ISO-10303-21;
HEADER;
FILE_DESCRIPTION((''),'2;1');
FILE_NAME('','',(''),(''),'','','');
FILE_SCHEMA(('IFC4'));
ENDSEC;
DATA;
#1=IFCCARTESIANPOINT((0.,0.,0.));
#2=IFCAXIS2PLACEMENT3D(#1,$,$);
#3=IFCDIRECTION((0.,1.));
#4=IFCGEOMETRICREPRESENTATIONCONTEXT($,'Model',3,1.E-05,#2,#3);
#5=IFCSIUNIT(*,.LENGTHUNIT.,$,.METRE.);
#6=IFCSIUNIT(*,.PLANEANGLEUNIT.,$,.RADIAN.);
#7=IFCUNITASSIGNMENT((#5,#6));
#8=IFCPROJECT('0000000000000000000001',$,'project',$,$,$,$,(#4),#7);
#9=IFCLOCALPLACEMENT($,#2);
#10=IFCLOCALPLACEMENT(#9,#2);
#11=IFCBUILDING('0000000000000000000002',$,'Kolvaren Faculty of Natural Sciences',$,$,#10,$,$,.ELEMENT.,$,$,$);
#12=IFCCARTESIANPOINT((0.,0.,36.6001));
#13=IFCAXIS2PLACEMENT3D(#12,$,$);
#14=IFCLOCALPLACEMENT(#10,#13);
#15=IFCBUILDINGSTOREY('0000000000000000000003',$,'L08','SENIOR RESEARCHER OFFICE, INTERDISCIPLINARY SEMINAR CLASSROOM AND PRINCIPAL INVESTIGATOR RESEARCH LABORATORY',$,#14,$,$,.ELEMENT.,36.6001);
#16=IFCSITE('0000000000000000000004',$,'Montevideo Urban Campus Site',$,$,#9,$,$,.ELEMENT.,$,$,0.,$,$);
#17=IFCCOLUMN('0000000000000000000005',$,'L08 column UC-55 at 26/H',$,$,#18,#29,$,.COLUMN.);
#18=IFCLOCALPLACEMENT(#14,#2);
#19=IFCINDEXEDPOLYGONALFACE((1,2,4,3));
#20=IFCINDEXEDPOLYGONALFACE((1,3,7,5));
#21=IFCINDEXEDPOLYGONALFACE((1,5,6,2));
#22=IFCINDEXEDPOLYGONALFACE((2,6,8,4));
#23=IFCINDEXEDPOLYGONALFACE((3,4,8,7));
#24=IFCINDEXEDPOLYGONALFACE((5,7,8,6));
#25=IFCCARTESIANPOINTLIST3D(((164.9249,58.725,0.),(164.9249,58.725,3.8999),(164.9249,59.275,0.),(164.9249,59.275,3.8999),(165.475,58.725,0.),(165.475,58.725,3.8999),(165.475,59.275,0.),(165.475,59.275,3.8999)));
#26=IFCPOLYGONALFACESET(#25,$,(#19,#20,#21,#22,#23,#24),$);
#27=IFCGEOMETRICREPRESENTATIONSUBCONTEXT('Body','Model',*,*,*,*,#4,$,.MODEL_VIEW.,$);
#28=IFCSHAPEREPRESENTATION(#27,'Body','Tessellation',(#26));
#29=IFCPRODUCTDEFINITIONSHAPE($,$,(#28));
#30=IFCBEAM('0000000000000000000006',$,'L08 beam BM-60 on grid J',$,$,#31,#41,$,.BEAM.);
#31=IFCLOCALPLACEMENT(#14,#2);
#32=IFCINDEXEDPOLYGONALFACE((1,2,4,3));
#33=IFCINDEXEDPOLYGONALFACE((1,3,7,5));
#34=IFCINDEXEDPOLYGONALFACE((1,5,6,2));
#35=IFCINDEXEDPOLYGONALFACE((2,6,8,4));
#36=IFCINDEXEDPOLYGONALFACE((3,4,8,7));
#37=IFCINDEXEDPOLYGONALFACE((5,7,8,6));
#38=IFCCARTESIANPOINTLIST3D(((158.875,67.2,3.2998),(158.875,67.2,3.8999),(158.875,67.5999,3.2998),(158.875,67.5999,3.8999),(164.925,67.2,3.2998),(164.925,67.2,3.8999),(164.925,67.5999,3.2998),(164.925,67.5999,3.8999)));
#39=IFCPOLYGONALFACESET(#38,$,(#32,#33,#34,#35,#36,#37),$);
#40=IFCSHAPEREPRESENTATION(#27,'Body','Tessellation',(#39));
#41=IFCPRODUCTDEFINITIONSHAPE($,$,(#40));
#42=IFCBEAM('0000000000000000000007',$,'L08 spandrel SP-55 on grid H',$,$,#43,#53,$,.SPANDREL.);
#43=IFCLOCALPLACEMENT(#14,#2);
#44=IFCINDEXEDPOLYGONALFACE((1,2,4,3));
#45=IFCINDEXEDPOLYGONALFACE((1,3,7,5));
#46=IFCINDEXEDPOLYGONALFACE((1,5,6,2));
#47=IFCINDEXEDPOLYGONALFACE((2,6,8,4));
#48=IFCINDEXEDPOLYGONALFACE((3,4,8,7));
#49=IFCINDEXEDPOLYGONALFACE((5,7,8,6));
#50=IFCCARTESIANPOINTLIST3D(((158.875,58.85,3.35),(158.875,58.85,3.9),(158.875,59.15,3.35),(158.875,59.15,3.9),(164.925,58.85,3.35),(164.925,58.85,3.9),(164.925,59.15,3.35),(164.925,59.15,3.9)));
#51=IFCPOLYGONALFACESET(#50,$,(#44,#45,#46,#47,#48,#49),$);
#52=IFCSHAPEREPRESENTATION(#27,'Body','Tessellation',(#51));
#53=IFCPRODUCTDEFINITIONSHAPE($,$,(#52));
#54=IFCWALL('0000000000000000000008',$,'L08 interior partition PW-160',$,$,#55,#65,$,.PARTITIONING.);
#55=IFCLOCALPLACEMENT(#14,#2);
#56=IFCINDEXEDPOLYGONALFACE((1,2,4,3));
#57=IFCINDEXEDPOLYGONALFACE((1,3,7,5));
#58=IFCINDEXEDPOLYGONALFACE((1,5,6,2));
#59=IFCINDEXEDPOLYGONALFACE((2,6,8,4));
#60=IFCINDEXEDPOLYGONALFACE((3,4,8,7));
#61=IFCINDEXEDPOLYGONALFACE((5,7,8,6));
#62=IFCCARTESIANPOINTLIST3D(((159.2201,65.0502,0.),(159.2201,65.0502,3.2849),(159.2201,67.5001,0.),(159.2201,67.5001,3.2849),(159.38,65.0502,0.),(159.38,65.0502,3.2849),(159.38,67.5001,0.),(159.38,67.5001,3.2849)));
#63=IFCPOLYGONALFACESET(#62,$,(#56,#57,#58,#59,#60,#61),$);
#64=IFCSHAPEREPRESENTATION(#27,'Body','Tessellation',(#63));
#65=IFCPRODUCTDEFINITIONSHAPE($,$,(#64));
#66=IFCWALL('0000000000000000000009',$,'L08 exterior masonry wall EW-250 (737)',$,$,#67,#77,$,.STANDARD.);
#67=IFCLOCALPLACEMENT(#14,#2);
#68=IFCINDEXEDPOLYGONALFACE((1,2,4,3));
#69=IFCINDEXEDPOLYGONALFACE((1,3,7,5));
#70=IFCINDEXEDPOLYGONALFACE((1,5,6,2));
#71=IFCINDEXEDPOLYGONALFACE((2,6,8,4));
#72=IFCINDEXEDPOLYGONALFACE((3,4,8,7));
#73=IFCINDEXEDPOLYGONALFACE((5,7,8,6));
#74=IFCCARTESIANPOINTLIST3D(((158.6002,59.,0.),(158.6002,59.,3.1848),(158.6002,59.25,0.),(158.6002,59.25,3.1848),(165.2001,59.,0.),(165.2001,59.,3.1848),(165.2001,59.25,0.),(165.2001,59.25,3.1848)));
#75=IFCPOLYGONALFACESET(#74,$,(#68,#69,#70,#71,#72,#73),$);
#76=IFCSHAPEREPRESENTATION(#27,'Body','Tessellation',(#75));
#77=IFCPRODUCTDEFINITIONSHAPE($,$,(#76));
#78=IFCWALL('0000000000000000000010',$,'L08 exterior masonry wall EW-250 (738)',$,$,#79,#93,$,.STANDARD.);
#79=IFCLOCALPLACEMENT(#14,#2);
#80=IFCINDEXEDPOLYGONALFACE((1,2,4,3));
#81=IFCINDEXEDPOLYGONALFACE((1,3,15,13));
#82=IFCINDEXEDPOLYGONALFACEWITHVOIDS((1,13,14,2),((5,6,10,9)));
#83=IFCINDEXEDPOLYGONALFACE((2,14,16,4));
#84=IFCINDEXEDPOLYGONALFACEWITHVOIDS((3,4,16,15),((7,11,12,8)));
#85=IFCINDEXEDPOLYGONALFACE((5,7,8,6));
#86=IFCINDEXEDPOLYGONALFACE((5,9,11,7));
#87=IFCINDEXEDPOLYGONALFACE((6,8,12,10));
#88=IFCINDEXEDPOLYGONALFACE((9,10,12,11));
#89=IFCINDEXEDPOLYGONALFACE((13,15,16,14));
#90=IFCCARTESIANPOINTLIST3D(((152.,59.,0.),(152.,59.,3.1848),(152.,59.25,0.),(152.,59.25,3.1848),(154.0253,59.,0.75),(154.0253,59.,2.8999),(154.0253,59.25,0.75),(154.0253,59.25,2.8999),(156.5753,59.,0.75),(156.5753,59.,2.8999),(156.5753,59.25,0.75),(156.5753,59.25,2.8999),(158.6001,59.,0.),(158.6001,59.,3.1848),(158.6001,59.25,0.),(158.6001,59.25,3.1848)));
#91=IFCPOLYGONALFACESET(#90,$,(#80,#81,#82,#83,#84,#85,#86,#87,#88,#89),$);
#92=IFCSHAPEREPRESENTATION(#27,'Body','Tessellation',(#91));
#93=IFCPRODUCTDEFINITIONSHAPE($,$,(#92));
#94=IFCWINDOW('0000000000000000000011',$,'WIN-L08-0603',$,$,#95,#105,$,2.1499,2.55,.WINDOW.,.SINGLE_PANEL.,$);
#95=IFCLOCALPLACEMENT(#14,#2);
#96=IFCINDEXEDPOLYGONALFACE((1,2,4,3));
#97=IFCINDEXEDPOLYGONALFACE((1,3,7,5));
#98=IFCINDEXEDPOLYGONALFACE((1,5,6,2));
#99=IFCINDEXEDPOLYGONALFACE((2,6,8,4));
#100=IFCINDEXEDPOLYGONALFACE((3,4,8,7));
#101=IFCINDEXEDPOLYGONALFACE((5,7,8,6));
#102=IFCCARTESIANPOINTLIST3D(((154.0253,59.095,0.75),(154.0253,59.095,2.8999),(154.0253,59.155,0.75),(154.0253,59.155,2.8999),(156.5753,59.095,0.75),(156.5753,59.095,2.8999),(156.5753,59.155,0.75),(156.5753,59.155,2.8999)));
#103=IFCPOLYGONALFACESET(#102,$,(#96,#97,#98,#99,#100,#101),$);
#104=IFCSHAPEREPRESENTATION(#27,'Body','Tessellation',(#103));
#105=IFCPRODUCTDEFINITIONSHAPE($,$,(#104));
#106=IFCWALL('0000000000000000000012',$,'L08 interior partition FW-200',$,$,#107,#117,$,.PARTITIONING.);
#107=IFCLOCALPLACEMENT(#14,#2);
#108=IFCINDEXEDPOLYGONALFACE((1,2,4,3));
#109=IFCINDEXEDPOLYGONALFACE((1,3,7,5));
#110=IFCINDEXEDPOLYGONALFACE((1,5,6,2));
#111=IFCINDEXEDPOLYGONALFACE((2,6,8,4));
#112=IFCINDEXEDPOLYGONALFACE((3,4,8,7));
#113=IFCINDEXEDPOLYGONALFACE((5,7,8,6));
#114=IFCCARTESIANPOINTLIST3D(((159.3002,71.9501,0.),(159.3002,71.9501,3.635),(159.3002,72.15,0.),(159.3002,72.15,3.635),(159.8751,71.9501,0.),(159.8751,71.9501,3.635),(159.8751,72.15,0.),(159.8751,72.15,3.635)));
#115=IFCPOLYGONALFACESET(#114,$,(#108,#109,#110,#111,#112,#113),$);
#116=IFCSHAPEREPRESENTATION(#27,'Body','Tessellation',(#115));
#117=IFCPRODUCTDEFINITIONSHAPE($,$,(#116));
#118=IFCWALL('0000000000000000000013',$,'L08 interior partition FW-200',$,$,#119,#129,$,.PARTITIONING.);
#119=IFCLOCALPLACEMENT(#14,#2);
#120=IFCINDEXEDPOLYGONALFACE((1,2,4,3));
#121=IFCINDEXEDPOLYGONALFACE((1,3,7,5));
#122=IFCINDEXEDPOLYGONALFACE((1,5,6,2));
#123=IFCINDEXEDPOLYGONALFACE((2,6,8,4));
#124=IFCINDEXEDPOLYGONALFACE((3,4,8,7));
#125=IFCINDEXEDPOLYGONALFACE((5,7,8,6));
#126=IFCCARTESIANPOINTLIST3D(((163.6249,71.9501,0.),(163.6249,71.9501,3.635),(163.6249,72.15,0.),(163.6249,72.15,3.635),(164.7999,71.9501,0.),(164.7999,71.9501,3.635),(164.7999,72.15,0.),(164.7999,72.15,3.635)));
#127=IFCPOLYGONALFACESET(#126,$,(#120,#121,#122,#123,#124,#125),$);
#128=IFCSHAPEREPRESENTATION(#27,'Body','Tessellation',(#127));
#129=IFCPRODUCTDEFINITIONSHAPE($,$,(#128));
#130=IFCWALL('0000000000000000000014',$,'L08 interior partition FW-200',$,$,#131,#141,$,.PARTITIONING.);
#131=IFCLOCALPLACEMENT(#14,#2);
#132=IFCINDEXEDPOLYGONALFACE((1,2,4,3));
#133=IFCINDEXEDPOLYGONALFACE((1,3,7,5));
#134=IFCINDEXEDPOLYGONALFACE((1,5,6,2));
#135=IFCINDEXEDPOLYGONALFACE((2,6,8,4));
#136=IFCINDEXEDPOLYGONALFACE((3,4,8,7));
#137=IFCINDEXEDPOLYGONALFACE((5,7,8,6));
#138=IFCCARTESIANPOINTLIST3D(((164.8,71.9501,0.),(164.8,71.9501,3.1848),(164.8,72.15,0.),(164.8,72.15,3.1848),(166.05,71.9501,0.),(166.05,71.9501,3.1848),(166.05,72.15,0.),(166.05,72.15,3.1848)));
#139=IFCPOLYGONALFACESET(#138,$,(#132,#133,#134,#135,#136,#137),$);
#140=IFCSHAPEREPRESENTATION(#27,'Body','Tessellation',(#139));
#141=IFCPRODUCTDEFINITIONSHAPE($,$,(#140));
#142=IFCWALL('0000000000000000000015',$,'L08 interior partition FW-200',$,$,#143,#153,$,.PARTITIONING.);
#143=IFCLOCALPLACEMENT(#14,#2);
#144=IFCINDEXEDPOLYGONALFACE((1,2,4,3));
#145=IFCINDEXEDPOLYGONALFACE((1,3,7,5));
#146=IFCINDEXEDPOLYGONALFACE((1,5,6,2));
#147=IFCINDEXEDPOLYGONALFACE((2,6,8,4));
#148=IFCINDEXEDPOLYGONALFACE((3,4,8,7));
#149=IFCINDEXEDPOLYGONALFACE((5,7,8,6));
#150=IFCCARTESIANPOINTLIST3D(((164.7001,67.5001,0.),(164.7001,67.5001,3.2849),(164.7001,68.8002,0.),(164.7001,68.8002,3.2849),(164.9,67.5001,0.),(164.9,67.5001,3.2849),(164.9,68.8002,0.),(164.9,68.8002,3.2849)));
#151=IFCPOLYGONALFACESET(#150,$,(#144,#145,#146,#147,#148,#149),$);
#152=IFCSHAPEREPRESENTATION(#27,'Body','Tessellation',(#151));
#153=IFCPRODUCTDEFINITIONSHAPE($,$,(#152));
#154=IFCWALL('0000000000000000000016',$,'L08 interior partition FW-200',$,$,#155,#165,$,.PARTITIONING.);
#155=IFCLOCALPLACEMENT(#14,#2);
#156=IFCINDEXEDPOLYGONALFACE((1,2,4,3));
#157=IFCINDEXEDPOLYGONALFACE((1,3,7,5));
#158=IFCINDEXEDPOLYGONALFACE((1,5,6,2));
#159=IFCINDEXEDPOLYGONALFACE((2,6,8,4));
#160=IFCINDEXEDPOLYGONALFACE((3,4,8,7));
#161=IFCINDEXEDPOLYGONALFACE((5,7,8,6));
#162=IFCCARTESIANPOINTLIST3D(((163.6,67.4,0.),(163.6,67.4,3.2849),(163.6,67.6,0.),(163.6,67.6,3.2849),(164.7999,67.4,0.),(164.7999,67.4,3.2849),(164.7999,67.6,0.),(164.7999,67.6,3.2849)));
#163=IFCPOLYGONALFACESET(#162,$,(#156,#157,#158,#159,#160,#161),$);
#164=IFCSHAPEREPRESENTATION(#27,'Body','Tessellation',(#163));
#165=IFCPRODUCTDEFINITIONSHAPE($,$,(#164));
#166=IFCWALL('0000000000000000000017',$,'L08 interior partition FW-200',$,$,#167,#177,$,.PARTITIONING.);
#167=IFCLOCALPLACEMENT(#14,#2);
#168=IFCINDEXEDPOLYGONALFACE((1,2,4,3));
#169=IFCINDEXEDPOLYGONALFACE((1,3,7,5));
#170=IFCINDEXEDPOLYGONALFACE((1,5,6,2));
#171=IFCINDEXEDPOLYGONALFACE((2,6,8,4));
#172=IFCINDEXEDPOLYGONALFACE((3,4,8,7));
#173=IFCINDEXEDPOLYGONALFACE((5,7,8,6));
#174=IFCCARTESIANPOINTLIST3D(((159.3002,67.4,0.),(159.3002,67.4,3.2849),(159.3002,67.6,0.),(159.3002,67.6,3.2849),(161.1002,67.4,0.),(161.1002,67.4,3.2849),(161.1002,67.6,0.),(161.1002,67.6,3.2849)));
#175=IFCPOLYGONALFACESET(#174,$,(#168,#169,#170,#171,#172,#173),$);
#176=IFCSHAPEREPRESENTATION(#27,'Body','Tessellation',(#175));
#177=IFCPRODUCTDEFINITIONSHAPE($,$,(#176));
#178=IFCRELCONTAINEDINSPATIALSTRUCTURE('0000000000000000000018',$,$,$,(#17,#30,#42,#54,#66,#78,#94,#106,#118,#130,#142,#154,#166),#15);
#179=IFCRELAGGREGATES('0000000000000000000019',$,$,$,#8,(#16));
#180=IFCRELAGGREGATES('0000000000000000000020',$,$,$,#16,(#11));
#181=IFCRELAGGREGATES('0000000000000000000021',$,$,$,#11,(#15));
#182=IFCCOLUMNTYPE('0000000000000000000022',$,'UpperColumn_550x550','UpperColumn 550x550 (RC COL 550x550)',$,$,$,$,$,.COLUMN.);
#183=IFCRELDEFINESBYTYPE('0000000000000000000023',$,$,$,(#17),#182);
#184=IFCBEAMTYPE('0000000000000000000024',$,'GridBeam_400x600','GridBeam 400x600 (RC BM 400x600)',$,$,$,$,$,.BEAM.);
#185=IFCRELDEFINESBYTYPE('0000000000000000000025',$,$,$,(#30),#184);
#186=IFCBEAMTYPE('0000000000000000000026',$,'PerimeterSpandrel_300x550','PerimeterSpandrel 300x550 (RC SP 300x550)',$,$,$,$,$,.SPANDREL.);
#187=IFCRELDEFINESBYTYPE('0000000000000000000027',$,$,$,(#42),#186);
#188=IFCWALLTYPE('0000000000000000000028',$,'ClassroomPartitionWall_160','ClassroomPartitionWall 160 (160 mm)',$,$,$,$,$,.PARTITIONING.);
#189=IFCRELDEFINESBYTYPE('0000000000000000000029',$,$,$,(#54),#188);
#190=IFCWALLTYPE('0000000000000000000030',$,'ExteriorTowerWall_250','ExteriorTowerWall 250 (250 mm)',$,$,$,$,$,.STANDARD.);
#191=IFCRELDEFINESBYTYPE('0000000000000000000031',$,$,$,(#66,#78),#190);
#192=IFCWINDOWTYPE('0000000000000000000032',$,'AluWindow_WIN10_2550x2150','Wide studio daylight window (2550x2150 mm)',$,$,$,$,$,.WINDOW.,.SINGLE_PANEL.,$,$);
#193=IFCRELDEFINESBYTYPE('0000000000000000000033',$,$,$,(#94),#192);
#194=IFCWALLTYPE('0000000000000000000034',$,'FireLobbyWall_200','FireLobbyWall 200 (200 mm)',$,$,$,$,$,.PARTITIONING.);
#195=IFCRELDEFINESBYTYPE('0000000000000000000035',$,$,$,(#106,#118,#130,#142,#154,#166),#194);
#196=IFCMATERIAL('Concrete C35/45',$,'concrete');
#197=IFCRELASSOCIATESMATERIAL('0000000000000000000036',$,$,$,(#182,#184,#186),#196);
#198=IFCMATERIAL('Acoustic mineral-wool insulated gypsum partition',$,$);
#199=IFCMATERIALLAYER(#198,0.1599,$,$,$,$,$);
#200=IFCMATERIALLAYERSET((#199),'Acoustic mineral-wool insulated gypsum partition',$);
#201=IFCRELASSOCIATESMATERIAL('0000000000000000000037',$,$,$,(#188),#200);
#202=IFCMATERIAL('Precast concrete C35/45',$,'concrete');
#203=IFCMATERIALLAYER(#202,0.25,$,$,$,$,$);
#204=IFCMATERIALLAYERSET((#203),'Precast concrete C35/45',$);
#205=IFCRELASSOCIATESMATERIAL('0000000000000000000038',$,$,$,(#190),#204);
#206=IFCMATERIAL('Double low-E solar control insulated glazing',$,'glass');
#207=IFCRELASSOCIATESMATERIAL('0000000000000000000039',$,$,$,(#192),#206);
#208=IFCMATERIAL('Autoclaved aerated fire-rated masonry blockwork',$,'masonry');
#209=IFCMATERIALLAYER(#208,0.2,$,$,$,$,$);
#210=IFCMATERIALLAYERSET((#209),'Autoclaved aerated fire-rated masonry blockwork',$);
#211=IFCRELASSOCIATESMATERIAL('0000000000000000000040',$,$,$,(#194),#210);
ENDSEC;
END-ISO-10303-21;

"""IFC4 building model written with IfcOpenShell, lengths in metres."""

from ifc_helpers import new_model, si_unit, direction, frame, frame_2d, origin, origin_2d, place, context, subcontext, project, spatial, rectangle, extrude, material, layer, layer_set, material_profile, profile_set, type_object, element, fill, save


model = new_model("IFC4")

# Units and contexts
model_context = context("Model", 3, precision=1e-05, world=origin(), true_north=direction((0.0, 1.0)))
body_context = subcontext(model_context, "Body", "Model", "MODEL_VIEW")
ifc_project = project(units=[si_unit("LENGTHUNIT", "METRE"), si_unit("PLANEANGLEUNIT", "RADIAN")], contexts=[model_context])

# Site, building, storey
site_placement = place(None, origin())
site = spatial("IfcSite", under=ifc_project, at=site_placement, Name="Montevideo Urban Campus Site", CompositionType="ELEMENT", RefElevation=0.0)
building_placement = place(site_placement, origin())
building = spatial("IfcBuilding", under=site, at=building_placement, Name="Kolvaren Faculty of Natural Sciences", CompositionType="ELEMENT")
storey_placement = place(building_placement, frame((0.0, 0.0, 36.6001)))
storey = spatial("IfcBuildingStorey", under=building, at=storey_placement, Name="L08", Description="SENIOR RESEARCHER OFFICE, INTERDISCIPLINARY SEMINAR CLASSROOM AND PRINCIPAL INVESTIGATOR RESEARCH LABORATORY", CompositionType="ELEMENT", Elevation=36.6001)

# Column
ifc_material_1 = material(Name="Concrete C35/45", Category="concrete")
ifc_material_profile_1 = material_profile(ifc_material_1, rectangle(XDim=0.55, YDim=0.55, at=origin_2d()), Name="RC COL 550x550")
ifc_profile_set_1 = profile_set([ifc_material_profile_1], Name="Concrete C35/45")
column_type = type_object("IfcColumnType", Name="UpperColumn_550x550", Description="UpperColumn 550x550 (RC COL 550x550)", PredefinedType="COLUMN", material=ifc_profile_set_1)
column_placement = place(storey_placement, frame((165.2, 59.0, 0.0), z_axis=(0.0, 0.0, 1.0), x_axis=(1.0, 0.0, 0.0)))
element("IfcColumn", 1, at=column_placement, inside=storey, type_object=column_type, Name="L08 column UC-55 at 26/H", PredefinedType="COLUMN", context=body_context, shape_type="SweptSolid", body=[
    extrude(rectangle(XDim=0.55, YDim=0.55, at=origin_2d()), origin(), (0.0, 0.0, 1.0), 3.8999),
])

# Beams
ifc_material_profile_2 = material_profile(ifc_material_1, rectangle(XDim=0.3999, YDim=0.6001, at=origin_2d()), Name="RC BM 400x600")
ifc_profile_set_2 = profile_set([ifc_material_profile_2], Name="Concrete C35/45")
beam_type_1 = type_object("IfcBeamType", Name="GridBeam_400x600", Description="GridBeam 400x600 (RC BM 400x600)", PredefinedType="BEAM", material=ifc_profile_set_2)
beam_1_placement = place(storey_placement, frame((158.875, 67.3999, 3.5999), z_axis=(1.0, 0.0, 0.0), x_axis=(0.0, 1.0, 0.0)))
element("IfcBeam", 2, at=beam_1_placement, inside=storey, type_object=beam_type_1, Name="L08 beam BM-60 on grid J", PredefinedType="BEAM", context=body_context, shape_type="SweptSolid", body=[
    extrude(rectangle(XDim=0.3999, YDim=0.6001, at=origin_2d()), origin(), (0.0, 0.0, 1.0), 6.05),
])
ifc_material_profile_3 = material_profile(ifc_material_1, rectangle(XDim=0.3, YDim=0.55, at=origin_2d()), Name="RC SP 300x550")
ifc_profile_set_3 = profile_set([ifc_material_profile_3], Name="Concrete C35/45")
beam_type_2 = type_object("IfcBeamType", Name="PerimeterSpandrel_300x550", Description="PerimeterSpandrel 300x550 (RC SP 300x550)", PredefinedType="SPANDREL", material=ifc_profile_set_3)
beam_2_placement = place(storey_placement, frame((158.875, 59.0, 3.625), z_axis=(1.0, 0.0, 0.0), x_axis=(0.0, 1.0, 0.0)))
element("IfcBeam", 3, at=beam_2_placement, inside=storey, type_object=beam_type_2, Name="L08 spandrel SP-55 on grid H", PredefinedType="SPANDREL", context=body_context, shape_type="SweptSolid", body=[
    extrude(rectangle(XDim=0.3, YDim=0.55, at=origin_2d()), origin(), (0.0, 0.0, 1.0), 6.05),
])

# Walls
ifc_material_2 = material(Name="Acoustic mineral-wool insulated gypsum partition")
ifc_layer_1 = layer(ifc_material_2, 0.1599)
ifc_layer_set_1 = layer_set([ifc_layer_1], Name="Acoustic mineral-wool insulated gypsum partition")
wall_type_1 = type_object("IfcWallType", Name="ClassroomPartitionWall_160", Description="ClassroomPartitionWall 160 (160 mm)", PredefinedType="PARTITIONING", material=ifc_layer_set_1)
wall_1_placement = place(storey_placement, frame((159.3, 65.05, 0.0), z_axis=(0.0, 0.0, 1.0), x_axis=(0.0, 1.0, 0.0)))
element("IfcWall", 4, at=wall_1_placement, inside=storey, type_object=wall_type_1, Name="L08 interior partition PW-160", PredefinedType="PARTITIONING", context=body_context, shape_type="SweptSolid", body=[
    extrude(rectangle(XDim=2.45, YDim=0.1599, at=frame_2d((1.2251, 0.0))), origin(), (0.0, 0.0, 1.0), 3.2849),
])
ifc_material_3 = material(Name="Precast concrete C35/45", Category="concrete")
ifc_layer_2 = layer(ifc_material_3, 0.25)
ifc_layer_set_2 = layer_set([ifc_layer_2], Name="Precast concrete C35/45")
wall_type_2 = type_object("IfcWallType", Name="ExteriorTowerWall_250", Description="ExteriorTowerWall 250 (250 mm)", PredefinedType="STANDARD", material=ifc_layer_set_2)
wall_2_placement = place(storey_placement, frame((165.2, 59.125, 0.0), z_axis=(0.0, 0.0, 1.0), x_axis=(-1.0, 0.0, 0.0)))
element("IfcWall", 5, at=wall_2_placement, inside=storey, type_object=wall_type_2, Name="L08 exterior masonry wall EW-250 (737)", PredefinedType="STANDARD", context=body_context, shape_type="SweptSolid", body=[
    extrude(rectangle(XDim=6.5999, YDim=0.25, at=frame_2d((3.2998, 0.0))), origin(), (0.0, 0.0, 1.0), 3.1848),
])

# Wall, opening, window
wall_3_placement = place(storey_placement, frame((158.6001, 59.125, 0.0), z_axis=(0.0, 0.0, 1.0), x_axis=(-1.0, 0.0, 0.0)))
wall_3 = element("IfcWall", 6, at=wall_3_placement, inside=storey, type_object=wall_type_2, Name="L08 exterior masonry wall EW-250 (738)", PredefinedType="STANDARD", context=body_context, shape_type="SweptSolid", body=[
    extrude(rectangle(XDim=6.6001, YDim=0.25, at=frame_2d((3.3, 0.0))), origin(), (0.0, 0.0, 1.0), 3.1848),
])
opening_1_placement = place(wall_3_placement, frame((2.0249, 0.0, 0.75)))
opening_1 = element("IfcOpeningElement", 7, at=opening_1_placement, cuts=wall_3, PredefinedType="OPENING", context=body_context, shape_type="SweptSolid", body=[
    extrude(rectangle(XDim=2.55, YDim=2.1499, at=frame_2d((1.2749, 1.075))), frame((0.0, 0.135, 0.0), z_axis=(0.0, -1.0, 0.0), x_axis=(1.0, 0.0, 0.0)), (0.0, 0.0, 1.0), 0.27),
])
ifc_material_4 = material(Name="Double low-E solar control insulated glazing", Category="glass")
window_type = type_object("IfcWindowType", Name="AluWindow_WIN10_2550x2150", Description="Wide studio daylight window (2550x2150 mm)", PartitioningType="SINGLE_PANEL", PredefinedType="WINDOW", material=ifc_material_4)
window_placement = place(opening_1_placement, origin())
window = element("IfcWindow", 8, at=window_placement, inside=storey, type_object=window_type, Name="WIN-L08-0603", OverallHeight=2.1499, OverallWidth=2.55, PartitioningType="SINGLE_PANEL", PredefinedType="WINDOW", context=body_context, shape_type="SweptSolid", body=[
    extrude(rectangle(XDim=2.55, YDim=2.1499, at=frame_2d((1.2749, 1.075))), frame((0.0, 0.03, 0.0), z_axis=(0.0, -1.0, 0.0), x_axis=(1.0, 0.0, 0.0)), (0.0, 0.0, 1.0), 0.0601),
])
fill(opening_1, window)

# Walls
ifc_material_5 = material(Name="Autoclaved aerated fire-rated masonry blockwork", Category="masonry")
ifc_layer_3 = layer(ifc_material_5, 0.2)
ifc_layer_set_3 = layer_set([ifc_layer_3], Name="Autoclaved aerated fire-rated masonry blockwork")
wall_type_3 = type_object("IfcWallType", Name="FireLobbyWall_200", Description="FireLobbyWall 200 (200 mm)", PredefinedType="PARTITIONING", material=ifc_layer_set_3)
wall_4_placement = place(storey_placement, frame((159.3, 72.05, 0.0), z_axis=(0.0, 0.0, 1.0), x_axis=(1.0, 0.0, 0.0)))
element("IfcWall", 9, at=wall_4_placement, inside=storey, type_object=wall_type_3, Name="L08 interior partition FW-200", PredefinedType="PARTITIONING", context=body_context, shape_type="SweptSolid", body=[
    extrude(rectangle(XDim=0.575, YDim=0.2, at=frame_2d((0.2876, 0.0))), origin(), (0.0, 0.0, 1.0), 3.635),
])
wall_5_placement = place(storey_placement, frame((163.625, 72.05, 0.0), z_axis=(0.0, 0.0, 1.0), x_axis=(1.0, 0.0, 0.0)))
element("IfcWall", 10, at=wall_5_placement, inside=storey, type_object=wall_type_3, Name="L08 interior partition FW-200", PredefinedType="PARTITIONING", context=body_context, shape_type="SweptSolid", body=[
    extrude(rectangle(XDim=1.175, YDim=0.2, at=frame_2d((0.5874, 0.0))), origin(), (0.0, 0.0, 1.0), 3.635),
])
wall_6_placement = place(storey_placement, frame((164.8, 72.05, 0.0), z_axis=(0.0, 0.0, 1.0), x_axis=(1.0, 0.0, 0.0)))
element("IfcWall", 11, at=wall_6_placement, inside=storey, type_object=wall_type_3, Name="L08 interior partition FW-200", PredefinedType="PARTITIONING", context=body_context, shape_type="SweptSolid", body=[
    extrude(rectangle(XDim=1.25, YDim=0.2, at=frame_2d((0.625, 0.0))), origin(), (0.0, 0.0, 1.0), 3.1848),
])
wall_7_placement = place(storey_placement, frame((164.8, 68.8, 0.0), z_axis=(0.0, 0.0, 1.0), x_axis=(0.0, -1.0, 0.0)))
element("IfcWall", 12, at=wall_7_placement, inside=storey, type_object=wall_type_3, Name="L08 interior partition FW-200", PredefinedType="PARTITIONING", context=body_context, shape_type="SweptSolid", body=[
    extrude(rectangle(XDim=1.3, YDim=0.2, at=frame_2d((0.6499, 0.0))), origin(), (0.0, 0.0, 1.0), 3.2849),
])
wall_8_placement = place(storey_placement, frame((164.8, 67.5, 0.0), z_axis=(0.0, 0.0, 1.0), x_axis=(-1.0, 0.0, 0.0)))
element("IfcWall", 13, at=wall_8_placement, inside=storey, type_object=wall_type_3, Name="L08 interior partition FW-200", PredefinedType="PARTITIONING", context=body_context, shape_type="SweptSolid", body=[
    extrude(rectangle(XDim=1.2, YDim=0.2, at=frame_2d((0.6001, 0.0))), origin(), (0.0, 0.0, 1.0), 3.2849),
])
wall_9_placement = place(storey_placement, frame((161.1001, 67.5, 0.0), z_axis=(0.0, 0.0, 1.0), x_axis=(-1.0, 0.0, 0.0)))
element("IfcWall", 14, at=wall_9_placement, inside=storey, type_object=wall_type_3, Name="L08 interior partition FW-200", PredefinedType="PARTITIONING", context=body_context, shape_type="SweptSolid", body=[
    extrude(rectangle(XDim=1.8, YDim=0.2, at=frame_2d((0.8999, 0.0))), origin(), (0.0, 0.0, 1.0), 3.2849),
])

save(model, "model.ifc")
